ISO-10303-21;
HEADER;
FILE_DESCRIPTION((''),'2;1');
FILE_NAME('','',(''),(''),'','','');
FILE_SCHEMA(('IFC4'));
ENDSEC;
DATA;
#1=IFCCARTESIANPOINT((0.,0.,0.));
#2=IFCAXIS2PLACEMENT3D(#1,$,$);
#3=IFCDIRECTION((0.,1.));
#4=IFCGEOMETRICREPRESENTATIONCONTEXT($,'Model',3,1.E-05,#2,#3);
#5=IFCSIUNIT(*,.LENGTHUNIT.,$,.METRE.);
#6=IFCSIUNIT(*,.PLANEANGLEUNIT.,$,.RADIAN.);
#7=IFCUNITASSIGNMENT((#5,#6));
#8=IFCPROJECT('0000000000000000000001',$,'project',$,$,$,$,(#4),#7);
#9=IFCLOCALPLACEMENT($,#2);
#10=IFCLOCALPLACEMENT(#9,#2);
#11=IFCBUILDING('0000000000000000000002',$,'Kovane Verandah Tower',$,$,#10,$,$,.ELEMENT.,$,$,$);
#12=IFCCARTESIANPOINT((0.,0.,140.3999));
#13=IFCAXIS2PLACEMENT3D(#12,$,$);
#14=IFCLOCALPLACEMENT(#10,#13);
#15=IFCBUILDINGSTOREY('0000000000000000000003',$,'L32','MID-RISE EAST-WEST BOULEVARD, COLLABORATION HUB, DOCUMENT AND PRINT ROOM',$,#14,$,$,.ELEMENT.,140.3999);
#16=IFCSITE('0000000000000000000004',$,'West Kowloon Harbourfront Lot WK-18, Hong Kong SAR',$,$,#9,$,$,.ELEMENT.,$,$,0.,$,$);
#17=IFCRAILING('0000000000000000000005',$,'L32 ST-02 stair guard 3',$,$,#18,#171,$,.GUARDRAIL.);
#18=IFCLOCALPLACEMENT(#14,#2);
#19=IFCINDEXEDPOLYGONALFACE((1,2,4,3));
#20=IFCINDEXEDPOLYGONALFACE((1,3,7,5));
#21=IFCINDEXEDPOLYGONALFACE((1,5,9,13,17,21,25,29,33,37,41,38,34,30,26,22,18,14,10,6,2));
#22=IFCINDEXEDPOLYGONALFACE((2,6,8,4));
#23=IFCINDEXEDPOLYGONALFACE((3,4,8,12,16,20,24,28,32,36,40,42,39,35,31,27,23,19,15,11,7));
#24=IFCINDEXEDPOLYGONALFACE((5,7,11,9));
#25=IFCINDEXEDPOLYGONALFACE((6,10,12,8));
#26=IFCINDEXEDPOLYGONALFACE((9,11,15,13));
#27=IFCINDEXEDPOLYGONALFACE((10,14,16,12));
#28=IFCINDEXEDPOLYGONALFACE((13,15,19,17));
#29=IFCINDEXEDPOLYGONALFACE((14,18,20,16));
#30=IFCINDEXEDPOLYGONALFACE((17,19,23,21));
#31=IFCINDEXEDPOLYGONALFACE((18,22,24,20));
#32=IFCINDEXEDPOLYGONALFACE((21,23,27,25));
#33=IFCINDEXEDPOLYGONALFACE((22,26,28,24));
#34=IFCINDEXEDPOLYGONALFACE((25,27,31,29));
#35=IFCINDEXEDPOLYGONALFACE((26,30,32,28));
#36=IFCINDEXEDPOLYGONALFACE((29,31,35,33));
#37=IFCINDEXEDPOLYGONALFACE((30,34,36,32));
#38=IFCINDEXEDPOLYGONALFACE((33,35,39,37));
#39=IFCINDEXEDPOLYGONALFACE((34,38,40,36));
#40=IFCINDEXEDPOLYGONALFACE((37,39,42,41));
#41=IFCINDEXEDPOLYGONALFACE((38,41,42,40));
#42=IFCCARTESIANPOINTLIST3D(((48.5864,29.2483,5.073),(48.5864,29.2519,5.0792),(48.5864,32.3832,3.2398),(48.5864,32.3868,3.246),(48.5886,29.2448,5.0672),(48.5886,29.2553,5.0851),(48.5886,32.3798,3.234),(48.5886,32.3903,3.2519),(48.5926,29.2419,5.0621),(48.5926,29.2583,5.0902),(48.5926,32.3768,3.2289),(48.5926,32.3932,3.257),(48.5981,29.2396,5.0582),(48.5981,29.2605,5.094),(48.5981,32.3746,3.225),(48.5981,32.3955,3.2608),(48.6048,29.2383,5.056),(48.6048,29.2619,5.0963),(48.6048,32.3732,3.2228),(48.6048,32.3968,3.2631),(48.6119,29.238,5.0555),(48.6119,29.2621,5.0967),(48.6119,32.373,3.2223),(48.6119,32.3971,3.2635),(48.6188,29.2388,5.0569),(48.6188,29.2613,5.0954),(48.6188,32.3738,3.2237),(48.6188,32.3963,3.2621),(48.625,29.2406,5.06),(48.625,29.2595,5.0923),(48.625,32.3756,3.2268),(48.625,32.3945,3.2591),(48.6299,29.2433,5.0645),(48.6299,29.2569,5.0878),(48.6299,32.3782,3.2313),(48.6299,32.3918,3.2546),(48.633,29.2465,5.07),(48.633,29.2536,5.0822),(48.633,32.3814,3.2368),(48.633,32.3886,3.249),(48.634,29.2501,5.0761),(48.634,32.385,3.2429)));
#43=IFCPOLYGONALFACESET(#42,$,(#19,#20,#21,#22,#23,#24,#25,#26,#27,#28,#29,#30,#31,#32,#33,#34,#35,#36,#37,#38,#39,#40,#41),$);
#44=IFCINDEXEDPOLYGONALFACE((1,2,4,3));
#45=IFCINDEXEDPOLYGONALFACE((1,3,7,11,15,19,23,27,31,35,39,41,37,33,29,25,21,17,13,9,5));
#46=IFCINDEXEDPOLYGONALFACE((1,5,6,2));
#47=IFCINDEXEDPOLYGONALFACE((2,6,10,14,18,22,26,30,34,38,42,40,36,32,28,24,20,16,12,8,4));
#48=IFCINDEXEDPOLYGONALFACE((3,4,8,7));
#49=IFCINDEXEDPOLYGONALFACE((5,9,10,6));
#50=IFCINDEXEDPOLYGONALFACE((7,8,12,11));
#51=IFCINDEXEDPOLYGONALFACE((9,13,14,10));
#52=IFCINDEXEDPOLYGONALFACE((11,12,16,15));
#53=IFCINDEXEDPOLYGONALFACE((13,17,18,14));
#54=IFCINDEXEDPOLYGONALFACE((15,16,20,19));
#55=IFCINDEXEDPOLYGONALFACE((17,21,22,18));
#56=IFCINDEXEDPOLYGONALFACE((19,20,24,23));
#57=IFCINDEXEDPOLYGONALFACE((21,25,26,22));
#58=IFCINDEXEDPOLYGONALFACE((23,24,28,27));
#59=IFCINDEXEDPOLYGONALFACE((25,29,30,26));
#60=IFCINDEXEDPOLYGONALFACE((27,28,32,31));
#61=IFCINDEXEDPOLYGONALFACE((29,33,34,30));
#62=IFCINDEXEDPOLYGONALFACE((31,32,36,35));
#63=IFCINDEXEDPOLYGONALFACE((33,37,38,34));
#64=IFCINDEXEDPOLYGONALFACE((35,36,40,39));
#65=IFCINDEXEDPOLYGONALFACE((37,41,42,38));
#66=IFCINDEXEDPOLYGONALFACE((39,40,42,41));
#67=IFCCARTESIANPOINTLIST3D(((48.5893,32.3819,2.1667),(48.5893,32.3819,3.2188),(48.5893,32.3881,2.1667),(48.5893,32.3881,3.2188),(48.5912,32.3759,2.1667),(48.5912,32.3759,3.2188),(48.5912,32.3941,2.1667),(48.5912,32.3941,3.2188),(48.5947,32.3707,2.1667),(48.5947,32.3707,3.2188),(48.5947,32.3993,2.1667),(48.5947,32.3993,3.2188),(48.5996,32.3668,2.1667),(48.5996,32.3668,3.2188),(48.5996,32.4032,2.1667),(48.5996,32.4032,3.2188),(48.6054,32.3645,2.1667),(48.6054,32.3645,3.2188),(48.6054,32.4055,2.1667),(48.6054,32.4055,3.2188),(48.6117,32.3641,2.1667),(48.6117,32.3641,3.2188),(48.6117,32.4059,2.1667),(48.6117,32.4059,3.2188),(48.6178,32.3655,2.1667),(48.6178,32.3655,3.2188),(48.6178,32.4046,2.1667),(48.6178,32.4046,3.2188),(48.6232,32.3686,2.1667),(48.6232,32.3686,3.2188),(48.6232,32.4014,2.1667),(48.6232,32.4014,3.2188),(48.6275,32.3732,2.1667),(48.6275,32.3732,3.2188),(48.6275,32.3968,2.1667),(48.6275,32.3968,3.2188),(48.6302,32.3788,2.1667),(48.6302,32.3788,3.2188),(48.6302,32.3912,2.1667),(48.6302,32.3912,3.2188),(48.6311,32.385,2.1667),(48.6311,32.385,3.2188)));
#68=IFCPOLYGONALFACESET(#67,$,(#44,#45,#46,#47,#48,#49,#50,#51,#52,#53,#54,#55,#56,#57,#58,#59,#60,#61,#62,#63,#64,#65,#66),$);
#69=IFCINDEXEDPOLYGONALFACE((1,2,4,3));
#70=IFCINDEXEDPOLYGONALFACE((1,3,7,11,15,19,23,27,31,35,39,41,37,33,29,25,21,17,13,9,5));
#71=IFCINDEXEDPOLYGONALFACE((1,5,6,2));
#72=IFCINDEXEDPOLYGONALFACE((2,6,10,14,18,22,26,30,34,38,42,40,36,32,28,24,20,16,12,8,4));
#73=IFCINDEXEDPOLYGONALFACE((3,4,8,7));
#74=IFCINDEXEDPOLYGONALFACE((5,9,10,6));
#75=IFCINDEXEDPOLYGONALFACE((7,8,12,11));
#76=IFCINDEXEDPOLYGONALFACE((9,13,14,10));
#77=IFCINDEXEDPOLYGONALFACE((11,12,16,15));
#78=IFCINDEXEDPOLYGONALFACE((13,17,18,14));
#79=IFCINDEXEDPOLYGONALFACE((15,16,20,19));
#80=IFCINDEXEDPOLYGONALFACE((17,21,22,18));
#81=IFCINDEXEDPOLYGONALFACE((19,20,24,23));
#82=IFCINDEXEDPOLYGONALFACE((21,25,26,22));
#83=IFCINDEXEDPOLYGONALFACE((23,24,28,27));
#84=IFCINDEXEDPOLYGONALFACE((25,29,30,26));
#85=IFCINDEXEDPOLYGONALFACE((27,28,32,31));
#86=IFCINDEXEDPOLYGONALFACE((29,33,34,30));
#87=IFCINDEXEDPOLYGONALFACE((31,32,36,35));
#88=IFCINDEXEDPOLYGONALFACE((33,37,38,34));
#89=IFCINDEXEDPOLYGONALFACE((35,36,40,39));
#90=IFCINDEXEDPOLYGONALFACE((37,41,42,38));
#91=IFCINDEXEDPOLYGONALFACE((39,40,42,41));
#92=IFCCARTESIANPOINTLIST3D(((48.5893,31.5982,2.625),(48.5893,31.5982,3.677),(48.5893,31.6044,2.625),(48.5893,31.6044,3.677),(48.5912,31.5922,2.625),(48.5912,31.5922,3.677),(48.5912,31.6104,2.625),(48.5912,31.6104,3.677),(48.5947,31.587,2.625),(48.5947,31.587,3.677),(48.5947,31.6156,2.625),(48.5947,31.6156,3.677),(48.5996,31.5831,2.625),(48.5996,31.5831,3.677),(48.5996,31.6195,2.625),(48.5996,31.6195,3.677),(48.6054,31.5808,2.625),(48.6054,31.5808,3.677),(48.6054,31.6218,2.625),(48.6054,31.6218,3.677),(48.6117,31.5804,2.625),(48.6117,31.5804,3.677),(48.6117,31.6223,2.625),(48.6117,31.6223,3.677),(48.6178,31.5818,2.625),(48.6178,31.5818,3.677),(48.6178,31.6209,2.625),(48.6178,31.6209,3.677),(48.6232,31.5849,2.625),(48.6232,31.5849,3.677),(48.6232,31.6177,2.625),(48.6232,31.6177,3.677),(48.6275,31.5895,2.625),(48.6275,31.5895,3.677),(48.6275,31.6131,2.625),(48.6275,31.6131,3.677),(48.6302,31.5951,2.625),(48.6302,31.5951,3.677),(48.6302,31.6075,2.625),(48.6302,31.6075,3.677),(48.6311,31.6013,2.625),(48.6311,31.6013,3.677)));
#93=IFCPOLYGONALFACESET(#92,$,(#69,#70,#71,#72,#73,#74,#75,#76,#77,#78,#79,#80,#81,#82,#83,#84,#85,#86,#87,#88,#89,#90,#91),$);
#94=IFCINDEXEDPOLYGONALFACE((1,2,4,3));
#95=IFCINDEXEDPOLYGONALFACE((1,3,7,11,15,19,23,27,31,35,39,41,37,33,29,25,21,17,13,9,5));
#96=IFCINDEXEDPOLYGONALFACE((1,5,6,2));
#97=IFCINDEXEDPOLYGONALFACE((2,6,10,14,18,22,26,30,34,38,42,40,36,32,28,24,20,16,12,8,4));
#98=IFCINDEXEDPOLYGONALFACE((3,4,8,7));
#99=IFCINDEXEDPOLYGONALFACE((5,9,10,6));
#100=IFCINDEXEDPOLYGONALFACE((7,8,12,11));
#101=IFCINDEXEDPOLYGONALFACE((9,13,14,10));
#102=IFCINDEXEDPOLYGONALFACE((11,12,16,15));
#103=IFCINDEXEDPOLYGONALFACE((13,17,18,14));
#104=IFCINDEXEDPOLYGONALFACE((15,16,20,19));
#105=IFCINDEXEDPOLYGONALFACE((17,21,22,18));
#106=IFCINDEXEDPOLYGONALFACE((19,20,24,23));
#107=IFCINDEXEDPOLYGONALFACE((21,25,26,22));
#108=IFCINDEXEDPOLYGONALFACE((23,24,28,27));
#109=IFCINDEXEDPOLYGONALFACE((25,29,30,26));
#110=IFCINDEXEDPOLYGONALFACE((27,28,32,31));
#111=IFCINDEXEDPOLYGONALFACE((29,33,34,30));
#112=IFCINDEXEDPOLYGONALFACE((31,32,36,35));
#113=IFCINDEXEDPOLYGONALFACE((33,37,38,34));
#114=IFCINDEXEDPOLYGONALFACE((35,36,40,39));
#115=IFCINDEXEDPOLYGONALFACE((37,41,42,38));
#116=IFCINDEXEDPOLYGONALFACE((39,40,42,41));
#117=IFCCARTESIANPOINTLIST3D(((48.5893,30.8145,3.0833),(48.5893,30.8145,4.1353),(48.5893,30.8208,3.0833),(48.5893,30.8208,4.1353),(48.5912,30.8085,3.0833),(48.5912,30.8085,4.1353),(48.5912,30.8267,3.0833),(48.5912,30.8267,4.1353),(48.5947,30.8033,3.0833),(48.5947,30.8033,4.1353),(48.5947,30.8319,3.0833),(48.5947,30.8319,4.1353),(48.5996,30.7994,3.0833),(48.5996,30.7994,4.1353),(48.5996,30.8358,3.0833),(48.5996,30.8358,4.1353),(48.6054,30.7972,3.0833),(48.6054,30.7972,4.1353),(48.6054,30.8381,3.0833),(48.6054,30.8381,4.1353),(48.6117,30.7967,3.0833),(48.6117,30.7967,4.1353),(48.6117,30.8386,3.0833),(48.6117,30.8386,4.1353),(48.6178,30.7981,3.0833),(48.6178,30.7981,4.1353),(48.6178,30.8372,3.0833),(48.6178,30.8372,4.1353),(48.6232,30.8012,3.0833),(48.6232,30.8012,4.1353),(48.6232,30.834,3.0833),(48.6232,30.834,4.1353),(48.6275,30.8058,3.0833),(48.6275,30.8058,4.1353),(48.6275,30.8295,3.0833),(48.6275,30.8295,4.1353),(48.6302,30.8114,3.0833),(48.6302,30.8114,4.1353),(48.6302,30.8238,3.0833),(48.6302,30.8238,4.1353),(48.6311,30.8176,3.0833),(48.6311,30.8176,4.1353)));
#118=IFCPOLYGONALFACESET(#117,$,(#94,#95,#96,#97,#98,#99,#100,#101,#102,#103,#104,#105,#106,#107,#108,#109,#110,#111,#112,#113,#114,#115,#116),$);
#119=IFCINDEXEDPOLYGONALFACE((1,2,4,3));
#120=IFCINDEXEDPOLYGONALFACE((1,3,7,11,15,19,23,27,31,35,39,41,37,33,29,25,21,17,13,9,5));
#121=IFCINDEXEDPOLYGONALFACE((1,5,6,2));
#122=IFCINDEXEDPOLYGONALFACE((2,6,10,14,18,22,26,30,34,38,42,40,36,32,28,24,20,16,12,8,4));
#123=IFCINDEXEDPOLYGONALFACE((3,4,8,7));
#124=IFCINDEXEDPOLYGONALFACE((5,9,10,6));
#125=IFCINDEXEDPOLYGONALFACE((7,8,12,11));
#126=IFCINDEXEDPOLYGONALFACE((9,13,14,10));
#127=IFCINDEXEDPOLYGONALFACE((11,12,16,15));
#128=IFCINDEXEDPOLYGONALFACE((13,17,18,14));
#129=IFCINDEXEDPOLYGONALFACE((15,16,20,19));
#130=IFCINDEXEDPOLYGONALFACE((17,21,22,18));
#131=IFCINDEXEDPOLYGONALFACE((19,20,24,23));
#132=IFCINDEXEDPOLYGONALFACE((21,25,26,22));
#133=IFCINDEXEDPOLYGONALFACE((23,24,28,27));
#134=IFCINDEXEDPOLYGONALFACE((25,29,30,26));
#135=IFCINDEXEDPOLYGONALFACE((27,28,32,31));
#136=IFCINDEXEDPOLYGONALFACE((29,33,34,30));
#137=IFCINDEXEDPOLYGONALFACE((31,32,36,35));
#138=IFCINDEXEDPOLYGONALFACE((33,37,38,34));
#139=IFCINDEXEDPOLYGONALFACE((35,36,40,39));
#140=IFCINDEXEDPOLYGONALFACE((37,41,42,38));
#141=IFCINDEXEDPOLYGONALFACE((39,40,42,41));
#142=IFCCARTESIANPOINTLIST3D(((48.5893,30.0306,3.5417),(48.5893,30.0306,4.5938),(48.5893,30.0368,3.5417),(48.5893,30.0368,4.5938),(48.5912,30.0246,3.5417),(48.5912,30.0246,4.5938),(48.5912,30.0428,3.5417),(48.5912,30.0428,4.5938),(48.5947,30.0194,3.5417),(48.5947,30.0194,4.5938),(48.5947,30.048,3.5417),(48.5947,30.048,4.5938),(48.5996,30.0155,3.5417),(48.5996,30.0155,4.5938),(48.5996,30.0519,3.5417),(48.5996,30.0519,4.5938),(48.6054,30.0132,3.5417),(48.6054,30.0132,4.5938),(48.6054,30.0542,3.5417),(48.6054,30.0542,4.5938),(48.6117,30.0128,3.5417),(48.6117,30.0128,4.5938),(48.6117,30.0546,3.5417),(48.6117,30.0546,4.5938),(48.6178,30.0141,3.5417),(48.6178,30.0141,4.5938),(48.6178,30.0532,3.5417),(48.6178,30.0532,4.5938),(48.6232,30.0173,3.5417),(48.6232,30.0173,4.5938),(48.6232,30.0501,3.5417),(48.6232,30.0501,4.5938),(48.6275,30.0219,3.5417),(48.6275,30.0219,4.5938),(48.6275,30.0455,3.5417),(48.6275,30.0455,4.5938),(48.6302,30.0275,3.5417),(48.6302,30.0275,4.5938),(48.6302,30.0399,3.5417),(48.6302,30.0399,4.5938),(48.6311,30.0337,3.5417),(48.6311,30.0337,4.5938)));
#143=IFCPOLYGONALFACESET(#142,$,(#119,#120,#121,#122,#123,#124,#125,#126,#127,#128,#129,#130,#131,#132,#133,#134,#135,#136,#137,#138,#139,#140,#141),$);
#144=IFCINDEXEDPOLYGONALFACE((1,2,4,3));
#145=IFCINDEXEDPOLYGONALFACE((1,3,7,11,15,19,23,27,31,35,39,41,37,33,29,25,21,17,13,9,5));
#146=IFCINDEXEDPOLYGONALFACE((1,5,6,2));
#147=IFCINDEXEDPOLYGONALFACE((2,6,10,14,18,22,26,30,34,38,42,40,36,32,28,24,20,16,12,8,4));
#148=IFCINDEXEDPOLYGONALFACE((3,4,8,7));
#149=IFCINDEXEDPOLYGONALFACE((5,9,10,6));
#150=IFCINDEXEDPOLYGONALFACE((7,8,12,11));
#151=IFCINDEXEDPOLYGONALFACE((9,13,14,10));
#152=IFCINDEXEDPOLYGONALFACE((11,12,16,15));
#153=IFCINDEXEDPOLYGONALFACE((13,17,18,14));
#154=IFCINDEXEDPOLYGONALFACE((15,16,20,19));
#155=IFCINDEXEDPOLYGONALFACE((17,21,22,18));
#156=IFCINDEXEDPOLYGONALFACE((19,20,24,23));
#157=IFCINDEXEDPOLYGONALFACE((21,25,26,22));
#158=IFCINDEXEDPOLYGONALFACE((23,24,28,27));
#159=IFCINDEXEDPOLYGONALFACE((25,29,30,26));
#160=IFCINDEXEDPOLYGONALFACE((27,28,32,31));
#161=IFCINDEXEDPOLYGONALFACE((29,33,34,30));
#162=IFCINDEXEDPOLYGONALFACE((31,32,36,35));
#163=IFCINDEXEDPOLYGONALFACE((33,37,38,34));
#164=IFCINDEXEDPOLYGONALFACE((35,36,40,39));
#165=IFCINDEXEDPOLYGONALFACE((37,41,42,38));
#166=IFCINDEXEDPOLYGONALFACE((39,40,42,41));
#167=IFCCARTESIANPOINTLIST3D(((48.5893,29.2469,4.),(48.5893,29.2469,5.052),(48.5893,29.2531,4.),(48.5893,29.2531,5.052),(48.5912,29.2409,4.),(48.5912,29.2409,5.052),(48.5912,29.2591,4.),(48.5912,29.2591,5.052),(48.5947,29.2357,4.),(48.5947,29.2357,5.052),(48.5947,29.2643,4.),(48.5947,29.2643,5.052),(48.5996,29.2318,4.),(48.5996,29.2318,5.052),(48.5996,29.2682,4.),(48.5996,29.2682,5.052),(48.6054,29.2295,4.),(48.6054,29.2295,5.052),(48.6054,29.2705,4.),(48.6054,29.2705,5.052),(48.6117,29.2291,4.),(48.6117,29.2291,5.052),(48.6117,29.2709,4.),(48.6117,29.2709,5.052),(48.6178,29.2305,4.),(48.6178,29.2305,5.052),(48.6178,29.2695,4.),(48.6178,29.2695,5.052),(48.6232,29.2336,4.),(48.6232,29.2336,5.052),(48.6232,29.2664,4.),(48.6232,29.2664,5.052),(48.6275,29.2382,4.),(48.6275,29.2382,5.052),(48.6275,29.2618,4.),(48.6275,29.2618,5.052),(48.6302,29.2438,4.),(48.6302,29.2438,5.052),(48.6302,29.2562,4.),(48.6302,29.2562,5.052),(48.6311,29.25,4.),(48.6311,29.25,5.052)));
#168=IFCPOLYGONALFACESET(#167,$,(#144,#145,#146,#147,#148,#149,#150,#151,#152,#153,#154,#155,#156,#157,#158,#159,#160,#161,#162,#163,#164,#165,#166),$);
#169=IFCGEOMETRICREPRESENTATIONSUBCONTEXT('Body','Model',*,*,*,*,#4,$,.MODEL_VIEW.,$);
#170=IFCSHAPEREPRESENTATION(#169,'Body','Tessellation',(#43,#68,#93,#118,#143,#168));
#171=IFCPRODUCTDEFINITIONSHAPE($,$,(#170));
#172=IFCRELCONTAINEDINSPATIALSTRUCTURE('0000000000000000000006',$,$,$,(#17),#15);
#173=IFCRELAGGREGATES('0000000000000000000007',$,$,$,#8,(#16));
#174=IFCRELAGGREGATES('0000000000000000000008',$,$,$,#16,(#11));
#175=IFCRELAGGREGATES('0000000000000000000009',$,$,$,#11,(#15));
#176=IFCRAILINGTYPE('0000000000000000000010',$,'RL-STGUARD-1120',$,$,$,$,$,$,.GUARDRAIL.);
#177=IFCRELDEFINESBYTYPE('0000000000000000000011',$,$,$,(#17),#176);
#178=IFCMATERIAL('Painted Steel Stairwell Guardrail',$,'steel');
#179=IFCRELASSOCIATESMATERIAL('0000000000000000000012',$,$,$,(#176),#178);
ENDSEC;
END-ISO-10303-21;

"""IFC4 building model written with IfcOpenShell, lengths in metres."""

from ifc_helpers import new_model, si_unit, direction, frame, origin, origin_2d, place, context, subcontext, project, spatial, circle, extrude, material, type_object, element, save


model = new_model("IFC4")

# Units and contexts
model_context = context("Model", 3, precision=1e-05, world=origin(), true_north=direction((0.0, 1.0)))
body_context = subcontext(model_context, "Body", "Model", "MODEL_VIEW")
ifc_project = project(units=[si_unit("LENGTHUNIT", "METRE"), si_unit("PLANEANGLEUNIT", "RADIAN")], contexts=[model_context])

# Site, building, storey
site_placement = place(None, origin())
site = spatial("IfcSite", under=ifc_project, at=site_placement, Name="West Kowloon Harbourfront Lot WK-18, Hong Kong SAR", CompositionType="ELEMENT", RefElevation=0.0)
building_placement = place(site_placement, origin())
building = spatial("IfcBuilding", under=site, at=building_placement, Name="Kovane Verandah Tower", CompositionType="ELEMENT")
storey_placement = place(building_placement, frame((0.0, 0.0, 140.3999)))
storey = spatial("IfcBuildingStorey", under=building, at=storey_placement, Name="L32", Description="MID-RISE EAST-WEST BOULEVARD, COLLABORATION HUB, DOCUMENT AND PRINT ROOM", CompositionType="ELEMENT", Elevation=140.3999)

# Railing
ifc_material_1 = material(Name="Painted Steel Stairwell Guardrail", Category="steel")
railing_type_1 = type_object("IfcRailingType", Name="RL-STGUARD-1120", PredefinedType="GUARDRAIL", material=ifc_material_1)
railing_1_placement = place(storey_placement, frame((48.6101, 32.385, 2.1667)))
element("IfcRailing", 1, at=railing_1_placement, inside=storey, type_object=railing_type_1, Name="L32 ST-02 stair guard 3", PredefinedType="GUARDRAIL", context=body_context, shape_type="SweptSolid", body=[
    extrude(circle(Radius=0.0239, at=origin_2d()), frame((0.0, 0.0, 1.0762), z_axis=(0.0, -0.86324, 0.504794), x_axis=(1.0, 0.0, 0.0)), (0.0, 0.0, 1.0), 3.6316),
    extrude(circle(Radius=0.021, at=origin_2d()), origin(), (0.0, 0.0, 1.0), 1.052),
    extrude(circle(Radius=0.021, at=origin_2d()), frame((0.0, -0.7837, 0.4583)), (0.0, 0.0, 1.0), 1.052),
    extrude(circle(Radius=0.021, at=origin_2d()), frame((0.0, -1.5674, 0.9165)), (0.0, 0.0, 1.0), 1.052),
    extrude(circle(Radius=0.021, at=origin_2d()), frame((0.0, -2.3513, 1.375)), (0.0, 0.0, 1.0), 1.052),
    extrude(circle(Radius=0.021, at=origin_2d()), frame((0.0, -3.135, 1.8333)), (0.0, 0.0, 1.0), 1.052),
])

save(model, "model.ifc")
